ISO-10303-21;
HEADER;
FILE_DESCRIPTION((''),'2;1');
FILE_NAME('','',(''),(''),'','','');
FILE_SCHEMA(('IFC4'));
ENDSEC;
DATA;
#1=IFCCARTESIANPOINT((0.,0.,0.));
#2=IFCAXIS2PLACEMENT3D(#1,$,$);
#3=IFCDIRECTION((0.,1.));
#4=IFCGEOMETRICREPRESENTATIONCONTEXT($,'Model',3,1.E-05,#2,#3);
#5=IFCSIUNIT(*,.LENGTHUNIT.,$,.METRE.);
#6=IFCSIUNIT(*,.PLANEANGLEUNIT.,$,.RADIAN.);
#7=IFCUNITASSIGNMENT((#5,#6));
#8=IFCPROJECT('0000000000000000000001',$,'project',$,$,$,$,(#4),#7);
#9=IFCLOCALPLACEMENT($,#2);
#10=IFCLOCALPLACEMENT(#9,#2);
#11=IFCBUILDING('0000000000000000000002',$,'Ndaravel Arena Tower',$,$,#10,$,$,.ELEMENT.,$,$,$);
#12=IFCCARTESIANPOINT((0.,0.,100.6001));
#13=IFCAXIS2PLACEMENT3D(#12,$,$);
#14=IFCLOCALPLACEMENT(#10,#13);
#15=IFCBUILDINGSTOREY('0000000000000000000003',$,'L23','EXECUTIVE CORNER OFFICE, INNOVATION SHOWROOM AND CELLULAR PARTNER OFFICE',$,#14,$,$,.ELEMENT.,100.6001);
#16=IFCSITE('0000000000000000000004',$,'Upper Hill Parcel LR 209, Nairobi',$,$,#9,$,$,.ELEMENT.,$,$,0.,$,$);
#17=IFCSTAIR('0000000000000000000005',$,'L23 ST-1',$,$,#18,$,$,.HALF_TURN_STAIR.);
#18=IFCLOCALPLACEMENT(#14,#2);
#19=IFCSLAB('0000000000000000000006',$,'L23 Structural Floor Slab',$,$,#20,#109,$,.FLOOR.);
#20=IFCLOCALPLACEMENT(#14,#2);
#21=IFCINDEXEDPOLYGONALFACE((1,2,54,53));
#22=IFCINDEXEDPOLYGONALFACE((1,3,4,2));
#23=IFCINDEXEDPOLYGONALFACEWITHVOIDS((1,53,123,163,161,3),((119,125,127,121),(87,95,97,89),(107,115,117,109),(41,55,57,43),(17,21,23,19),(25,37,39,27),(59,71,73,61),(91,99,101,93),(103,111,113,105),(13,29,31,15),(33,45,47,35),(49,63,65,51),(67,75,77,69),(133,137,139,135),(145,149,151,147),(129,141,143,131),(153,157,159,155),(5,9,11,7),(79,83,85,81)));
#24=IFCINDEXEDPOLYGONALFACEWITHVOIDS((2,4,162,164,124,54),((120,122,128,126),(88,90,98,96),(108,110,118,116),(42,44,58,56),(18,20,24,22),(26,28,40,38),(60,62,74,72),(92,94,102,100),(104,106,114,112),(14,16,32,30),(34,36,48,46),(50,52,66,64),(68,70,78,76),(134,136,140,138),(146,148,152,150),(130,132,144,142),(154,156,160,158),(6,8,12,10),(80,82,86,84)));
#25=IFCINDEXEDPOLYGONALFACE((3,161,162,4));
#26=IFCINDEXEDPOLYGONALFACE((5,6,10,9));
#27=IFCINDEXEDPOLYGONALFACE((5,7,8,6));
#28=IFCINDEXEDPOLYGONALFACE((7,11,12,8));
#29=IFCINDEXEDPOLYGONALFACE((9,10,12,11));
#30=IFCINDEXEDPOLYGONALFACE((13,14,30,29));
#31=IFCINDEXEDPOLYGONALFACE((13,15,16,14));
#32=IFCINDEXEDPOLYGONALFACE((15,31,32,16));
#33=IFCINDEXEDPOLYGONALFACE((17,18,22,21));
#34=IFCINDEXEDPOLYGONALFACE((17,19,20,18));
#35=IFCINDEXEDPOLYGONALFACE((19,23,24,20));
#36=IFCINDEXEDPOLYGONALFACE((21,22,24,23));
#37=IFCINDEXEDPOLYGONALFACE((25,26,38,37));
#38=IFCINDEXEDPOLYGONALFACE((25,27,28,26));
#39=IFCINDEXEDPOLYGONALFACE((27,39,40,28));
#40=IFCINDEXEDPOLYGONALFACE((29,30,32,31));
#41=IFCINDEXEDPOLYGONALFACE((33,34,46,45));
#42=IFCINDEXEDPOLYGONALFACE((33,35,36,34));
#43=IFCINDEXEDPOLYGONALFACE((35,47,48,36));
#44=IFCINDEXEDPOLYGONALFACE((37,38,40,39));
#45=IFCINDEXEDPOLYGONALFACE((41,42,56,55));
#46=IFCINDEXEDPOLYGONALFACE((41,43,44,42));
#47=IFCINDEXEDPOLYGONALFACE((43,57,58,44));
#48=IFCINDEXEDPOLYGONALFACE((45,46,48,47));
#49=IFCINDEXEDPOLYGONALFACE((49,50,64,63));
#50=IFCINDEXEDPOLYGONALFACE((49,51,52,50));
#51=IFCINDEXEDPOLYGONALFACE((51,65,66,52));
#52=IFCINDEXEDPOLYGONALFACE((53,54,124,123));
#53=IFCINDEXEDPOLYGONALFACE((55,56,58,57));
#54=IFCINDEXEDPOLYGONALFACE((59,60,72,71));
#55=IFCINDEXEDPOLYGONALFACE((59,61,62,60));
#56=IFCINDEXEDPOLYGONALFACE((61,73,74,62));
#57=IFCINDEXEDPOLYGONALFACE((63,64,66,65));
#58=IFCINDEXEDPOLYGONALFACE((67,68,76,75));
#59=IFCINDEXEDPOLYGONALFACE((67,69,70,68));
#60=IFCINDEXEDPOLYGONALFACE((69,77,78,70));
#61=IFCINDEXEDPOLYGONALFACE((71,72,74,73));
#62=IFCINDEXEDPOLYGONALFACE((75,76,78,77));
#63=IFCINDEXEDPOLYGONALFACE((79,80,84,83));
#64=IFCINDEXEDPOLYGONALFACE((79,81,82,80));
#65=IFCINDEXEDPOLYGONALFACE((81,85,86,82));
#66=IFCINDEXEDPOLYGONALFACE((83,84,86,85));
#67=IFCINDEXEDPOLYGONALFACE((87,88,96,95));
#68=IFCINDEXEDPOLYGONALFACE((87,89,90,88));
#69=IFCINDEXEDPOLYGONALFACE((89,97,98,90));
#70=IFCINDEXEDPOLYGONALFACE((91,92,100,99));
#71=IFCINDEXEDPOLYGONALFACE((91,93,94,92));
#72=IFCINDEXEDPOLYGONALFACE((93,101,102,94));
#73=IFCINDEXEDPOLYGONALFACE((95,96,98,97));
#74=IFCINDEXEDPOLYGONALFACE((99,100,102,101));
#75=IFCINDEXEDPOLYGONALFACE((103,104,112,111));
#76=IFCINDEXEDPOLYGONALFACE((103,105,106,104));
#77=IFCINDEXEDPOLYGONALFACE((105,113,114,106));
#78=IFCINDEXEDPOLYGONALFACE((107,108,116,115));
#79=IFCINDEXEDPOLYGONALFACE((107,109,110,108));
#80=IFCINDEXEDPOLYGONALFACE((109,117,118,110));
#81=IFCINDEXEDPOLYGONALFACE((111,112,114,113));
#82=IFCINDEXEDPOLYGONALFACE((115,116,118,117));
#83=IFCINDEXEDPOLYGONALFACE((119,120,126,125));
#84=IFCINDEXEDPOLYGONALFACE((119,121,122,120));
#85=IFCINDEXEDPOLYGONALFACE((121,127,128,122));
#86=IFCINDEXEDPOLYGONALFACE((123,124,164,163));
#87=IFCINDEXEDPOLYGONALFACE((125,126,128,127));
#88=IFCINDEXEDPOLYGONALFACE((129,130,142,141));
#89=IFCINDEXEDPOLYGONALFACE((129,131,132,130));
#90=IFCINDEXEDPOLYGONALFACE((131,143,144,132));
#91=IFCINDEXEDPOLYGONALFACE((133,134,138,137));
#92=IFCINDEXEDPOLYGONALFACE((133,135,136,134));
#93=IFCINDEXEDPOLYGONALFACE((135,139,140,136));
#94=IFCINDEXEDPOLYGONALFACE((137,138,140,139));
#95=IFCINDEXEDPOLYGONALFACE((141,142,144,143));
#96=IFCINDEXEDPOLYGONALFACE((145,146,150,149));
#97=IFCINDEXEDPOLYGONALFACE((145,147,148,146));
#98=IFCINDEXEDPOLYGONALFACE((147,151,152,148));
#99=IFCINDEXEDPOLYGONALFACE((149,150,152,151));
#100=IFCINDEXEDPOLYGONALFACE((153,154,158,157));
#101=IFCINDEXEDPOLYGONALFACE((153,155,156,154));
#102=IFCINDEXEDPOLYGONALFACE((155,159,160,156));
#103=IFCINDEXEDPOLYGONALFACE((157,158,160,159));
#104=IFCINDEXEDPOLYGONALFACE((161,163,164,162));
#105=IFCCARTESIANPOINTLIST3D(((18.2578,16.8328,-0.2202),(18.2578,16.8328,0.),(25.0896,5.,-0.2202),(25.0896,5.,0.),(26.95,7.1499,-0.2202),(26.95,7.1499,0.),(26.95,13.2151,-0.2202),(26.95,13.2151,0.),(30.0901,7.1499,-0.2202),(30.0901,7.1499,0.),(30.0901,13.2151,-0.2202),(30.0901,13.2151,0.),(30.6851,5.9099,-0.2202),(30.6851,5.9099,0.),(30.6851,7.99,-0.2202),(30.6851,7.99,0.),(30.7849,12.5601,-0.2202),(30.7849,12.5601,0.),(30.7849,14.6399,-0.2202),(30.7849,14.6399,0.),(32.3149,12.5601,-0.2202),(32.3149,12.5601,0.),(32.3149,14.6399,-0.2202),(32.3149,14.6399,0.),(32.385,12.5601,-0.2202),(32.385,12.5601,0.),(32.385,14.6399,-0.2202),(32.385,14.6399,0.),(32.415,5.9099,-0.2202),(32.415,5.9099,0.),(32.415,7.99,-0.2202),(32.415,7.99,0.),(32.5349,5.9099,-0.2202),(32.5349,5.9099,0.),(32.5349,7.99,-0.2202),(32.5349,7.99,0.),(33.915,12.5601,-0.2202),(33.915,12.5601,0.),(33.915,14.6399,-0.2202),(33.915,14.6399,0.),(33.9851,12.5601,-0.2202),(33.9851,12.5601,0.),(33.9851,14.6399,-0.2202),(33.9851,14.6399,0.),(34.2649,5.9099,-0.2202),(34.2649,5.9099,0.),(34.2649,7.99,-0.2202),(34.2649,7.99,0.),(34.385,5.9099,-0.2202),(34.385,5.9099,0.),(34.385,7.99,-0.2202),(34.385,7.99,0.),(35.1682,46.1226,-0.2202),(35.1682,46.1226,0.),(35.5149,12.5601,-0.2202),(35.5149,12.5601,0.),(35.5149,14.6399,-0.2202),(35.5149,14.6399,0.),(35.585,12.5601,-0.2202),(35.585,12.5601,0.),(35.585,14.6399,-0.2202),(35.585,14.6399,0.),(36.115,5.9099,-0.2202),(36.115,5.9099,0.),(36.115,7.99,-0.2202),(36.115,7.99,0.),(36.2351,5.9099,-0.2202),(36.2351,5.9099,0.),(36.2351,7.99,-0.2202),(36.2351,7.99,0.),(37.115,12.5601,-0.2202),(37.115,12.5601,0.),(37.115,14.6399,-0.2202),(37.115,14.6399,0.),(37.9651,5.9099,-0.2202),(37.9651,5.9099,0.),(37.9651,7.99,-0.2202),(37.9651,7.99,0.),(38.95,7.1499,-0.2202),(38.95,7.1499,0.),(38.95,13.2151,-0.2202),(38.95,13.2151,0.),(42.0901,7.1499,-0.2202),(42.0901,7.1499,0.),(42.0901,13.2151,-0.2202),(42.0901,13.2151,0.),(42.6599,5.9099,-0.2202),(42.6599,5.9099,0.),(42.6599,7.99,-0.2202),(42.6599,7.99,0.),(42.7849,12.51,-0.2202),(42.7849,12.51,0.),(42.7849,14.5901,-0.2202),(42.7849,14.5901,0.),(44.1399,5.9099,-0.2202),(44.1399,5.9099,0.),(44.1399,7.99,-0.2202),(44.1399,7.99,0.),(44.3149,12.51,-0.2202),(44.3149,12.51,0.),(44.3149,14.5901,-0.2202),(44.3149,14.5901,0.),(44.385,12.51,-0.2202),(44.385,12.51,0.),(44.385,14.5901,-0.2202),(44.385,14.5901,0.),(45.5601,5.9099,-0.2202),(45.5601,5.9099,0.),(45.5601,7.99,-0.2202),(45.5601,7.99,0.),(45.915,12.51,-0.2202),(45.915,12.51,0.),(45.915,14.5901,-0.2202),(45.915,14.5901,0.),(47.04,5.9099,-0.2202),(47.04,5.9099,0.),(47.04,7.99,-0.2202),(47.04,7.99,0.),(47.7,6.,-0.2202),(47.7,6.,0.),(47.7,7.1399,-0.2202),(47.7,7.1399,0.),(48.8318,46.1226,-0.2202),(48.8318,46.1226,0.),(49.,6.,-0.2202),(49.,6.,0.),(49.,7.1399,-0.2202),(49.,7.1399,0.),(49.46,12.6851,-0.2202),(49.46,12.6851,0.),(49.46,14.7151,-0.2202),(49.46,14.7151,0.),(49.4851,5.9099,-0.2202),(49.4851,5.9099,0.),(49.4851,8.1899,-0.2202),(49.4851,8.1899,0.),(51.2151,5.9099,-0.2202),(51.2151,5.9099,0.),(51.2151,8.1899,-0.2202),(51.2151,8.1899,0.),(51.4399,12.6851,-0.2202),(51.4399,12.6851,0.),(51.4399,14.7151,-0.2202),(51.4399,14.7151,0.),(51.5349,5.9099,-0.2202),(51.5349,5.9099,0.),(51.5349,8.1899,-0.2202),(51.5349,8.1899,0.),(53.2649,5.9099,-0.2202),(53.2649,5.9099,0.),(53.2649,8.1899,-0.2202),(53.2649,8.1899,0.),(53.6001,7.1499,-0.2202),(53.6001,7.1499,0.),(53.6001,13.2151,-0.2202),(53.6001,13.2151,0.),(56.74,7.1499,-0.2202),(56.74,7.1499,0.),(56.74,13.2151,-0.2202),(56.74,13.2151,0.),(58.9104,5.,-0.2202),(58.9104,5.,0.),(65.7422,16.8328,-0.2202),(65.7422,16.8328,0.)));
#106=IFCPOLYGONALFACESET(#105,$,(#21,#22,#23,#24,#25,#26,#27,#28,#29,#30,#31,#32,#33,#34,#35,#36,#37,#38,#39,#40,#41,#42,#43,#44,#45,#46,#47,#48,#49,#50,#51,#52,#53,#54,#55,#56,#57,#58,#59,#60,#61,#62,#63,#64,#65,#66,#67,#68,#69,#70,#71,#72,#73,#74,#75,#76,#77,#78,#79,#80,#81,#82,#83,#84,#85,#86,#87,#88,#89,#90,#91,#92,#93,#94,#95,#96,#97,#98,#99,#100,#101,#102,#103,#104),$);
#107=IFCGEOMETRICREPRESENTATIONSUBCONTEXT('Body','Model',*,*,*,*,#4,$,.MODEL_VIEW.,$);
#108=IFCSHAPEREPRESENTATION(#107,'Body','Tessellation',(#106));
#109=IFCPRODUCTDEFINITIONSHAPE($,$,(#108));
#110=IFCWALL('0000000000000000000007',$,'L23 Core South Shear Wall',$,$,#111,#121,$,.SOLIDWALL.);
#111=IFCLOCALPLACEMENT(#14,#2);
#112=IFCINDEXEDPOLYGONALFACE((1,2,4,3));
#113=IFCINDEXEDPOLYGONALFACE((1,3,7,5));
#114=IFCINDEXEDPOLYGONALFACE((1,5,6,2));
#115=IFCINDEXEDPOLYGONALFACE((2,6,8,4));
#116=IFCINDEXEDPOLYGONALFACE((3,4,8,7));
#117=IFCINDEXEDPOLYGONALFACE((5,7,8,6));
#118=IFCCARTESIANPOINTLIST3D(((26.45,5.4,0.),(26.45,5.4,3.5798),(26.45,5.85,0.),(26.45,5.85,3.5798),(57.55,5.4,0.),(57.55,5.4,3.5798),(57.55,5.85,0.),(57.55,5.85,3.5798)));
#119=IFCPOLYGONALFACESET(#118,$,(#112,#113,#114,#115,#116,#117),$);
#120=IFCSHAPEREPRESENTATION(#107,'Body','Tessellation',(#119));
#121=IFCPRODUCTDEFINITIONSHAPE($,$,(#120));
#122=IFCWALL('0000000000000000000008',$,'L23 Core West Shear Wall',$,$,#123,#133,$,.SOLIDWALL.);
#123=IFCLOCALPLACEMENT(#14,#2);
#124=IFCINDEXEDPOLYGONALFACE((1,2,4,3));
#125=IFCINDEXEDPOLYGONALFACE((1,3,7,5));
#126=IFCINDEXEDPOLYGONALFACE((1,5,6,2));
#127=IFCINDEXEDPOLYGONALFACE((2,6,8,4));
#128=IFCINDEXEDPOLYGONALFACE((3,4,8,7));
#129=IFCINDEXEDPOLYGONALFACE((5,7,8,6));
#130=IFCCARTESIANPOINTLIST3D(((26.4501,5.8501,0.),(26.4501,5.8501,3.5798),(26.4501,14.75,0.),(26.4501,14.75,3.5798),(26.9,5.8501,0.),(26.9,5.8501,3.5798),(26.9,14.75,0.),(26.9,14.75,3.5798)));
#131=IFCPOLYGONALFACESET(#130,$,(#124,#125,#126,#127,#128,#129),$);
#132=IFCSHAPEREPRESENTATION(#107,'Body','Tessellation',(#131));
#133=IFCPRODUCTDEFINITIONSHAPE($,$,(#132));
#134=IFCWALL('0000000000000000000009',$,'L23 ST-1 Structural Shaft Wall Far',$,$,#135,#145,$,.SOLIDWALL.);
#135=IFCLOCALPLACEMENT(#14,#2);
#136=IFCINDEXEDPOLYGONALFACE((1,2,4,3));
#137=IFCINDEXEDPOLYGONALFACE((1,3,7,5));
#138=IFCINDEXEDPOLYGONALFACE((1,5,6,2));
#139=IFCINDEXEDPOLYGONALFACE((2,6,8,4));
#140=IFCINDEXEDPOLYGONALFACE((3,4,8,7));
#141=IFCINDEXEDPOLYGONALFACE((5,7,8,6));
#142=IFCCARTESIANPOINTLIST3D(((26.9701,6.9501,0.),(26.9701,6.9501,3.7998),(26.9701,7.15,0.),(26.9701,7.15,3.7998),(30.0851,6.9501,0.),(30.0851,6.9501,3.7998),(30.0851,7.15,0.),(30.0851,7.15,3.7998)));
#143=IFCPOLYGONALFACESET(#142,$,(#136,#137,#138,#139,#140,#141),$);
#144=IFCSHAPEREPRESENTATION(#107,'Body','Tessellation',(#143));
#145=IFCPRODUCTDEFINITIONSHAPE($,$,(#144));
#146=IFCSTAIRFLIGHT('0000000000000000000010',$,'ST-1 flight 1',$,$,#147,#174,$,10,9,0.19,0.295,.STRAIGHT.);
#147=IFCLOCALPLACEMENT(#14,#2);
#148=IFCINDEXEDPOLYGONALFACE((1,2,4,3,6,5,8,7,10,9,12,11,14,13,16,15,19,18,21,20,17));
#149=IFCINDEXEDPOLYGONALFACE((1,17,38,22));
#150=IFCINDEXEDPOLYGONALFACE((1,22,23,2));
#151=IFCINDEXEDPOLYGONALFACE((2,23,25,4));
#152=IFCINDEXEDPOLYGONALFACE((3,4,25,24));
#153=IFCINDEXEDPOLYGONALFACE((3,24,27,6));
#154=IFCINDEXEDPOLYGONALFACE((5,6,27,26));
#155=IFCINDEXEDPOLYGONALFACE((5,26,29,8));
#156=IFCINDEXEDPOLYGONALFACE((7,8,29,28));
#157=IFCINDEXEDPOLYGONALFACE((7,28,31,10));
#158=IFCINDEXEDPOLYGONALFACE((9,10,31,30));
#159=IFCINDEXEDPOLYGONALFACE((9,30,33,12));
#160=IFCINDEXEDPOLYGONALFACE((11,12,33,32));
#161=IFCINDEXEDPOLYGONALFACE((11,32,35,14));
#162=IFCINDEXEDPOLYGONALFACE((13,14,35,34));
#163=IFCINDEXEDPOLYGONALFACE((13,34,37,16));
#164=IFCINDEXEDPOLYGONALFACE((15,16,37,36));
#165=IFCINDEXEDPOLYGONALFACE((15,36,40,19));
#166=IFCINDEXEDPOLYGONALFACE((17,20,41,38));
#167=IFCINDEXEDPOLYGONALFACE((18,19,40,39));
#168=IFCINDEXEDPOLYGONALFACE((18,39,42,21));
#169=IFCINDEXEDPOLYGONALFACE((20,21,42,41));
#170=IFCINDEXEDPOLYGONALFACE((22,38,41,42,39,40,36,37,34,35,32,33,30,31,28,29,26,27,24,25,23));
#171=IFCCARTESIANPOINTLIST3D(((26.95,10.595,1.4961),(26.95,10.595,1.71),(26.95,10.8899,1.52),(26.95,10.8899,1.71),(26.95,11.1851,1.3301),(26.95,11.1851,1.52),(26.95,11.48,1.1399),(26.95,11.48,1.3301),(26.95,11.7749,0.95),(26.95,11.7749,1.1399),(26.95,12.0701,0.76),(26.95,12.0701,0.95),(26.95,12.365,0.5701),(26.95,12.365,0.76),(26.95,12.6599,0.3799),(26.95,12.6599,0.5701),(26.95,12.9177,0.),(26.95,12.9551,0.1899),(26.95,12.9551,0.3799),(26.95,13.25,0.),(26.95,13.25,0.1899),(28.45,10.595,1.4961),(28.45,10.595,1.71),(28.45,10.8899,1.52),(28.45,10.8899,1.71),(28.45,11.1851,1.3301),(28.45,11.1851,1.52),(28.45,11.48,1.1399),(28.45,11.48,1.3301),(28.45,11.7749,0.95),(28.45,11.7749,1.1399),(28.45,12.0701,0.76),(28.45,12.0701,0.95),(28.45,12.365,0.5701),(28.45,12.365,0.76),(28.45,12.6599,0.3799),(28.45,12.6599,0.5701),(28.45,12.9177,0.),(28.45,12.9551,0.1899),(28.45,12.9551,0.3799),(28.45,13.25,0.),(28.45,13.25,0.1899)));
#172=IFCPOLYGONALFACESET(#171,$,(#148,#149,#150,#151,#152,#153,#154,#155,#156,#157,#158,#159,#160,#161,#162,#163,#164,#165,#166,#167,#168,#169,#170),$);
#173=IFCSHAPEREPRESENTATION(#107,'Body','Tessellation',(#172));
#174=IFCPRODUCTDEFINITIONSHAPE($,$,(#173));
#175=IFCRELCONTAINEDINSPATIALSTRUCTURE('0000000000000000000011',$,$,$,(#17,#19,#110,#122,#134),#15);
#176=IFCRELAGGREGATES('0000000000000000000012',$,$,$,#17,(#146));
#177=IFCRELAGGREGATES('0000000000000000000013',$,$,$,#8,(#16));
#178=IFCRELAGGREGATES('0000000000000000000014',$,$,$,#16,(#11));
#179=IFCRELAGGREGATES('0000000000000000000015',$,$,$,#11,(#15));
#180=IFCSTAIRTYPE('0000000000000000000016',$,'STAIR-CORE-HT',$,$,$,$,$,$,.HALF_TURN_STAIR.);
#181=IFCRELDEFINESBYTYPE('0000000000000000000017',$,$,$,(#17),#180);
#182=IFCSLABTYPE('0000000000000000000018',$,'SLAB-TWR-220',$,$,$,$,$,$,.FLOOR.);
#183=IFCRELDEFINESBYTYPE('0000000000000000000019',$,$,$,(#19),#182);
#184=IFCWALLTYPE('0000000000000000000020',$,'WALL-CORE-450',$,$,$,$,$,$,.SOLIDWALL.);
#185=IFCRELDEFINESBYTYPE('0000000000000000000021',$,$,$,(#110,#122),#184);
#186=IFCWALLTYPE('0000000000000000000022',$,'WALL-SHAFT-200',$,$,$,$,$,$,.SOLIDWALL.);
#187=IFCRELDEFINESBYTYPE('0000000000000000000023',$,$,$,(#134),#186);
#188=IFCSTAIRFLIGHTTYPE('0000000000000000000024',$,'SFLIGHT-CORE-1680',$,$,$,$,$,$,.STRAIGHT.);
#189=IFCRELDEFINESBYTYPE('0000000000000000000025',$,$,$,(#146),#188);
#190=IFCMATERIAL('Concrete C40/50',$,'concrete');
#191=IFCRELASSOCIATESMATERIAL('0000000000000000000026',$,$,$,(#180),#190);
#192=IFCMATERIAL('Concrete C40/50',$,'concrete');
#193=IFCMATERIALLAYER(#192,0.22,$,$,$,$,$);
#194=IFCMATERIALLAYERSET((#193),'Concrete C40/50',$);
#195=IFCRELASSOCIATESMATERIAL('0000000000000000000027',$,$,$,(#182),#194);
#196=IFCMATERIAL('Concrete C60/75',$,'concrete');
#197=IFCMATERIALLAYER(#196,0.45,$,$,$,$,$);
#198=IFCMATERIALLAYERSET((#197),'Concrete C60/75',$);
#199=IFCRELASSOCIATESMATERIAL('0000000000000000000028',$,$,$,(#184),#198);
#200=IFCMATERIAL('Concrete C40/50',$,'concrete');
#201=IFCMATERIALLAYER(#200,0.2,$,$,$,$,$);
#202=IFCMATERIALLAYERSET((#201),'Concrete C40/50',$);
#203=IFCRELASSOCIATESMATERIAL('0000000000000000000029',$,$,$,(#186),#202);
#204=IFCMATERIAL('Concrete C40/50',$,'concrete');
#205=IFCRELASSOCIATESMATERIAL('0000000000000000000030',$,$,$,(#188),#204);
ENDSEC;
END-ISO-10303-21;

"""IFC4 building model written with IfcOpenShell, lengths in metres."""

from ifc_helpers import new_model, si_unit, direction, frame, frame_2d, origin, place, context, subcontext, project, spatial, polyline, rectangle, outline, extrude, material, layer, layer_set, type_object, element, aggregate, save


model = new_model("IFC4")

# Units and contexts
model_context = context("Model", 3, precision=1e-05, world=origin(), true_north=direction((0.0, 1.0)))
body_context = subcontext(model_context, "Body", "Model", "MODEL_VIEW")
ifc_project = project(units=[si_unit("LENGTHUNIT", "METRE"), si_unit("PLANEANGLEUNIT", "RADIAN")], contexts=[model_context])

# Site, building, storey
site_placement = place(None, origin())
site = spatial("IfcSite", under=ifc_project, at=site_placement, Name="Upper Hill Parcel LR 209, Nairobi", CompositionType="ELEMENT", RefElevation=0.0)
building_placement = place(site_placement, origin())
building = spatial("IfcBuilding", under=site, at=building_placement, Name="Ndaravel Arena Tower", CompositionType="ELEMENT")
storey_placement = place(building_placement, frame((0.0, 0.0, 100.6001)))
storey = spatial("IfcBuildingStorey", under=building, at=storey_placement, Name="L23", Description="EXECUTIVE CORNER OFFICE, INNOVATION SHOWROOM AND CELLULAR PARTNER OFFICE", CompositionType="ELEMENT", Elevation=100.6001)

# Stair
ifc_material_1 = material(Name="Concrete C40/50", Category="concrete")
stair_type = type_object("IfcStairType", Name="STAIR-CORE-HT", PredefinedType="HALF_TURN_STAIR", material=ifc_material_1)
stair_1_placement = place(storey_placement, origin())
stair_1 = element("IfcStair", 1, at=stair_1_placement, inside=storey, type_object=stair_type, Name="L23 ST-1", PredefinedType="HALF_TURN_STAIR")

# Slab
ifc_material_2 = material(Name="Concrete C40/50", Category="concrete")
ifc_layer_1 = layer(ifc_material_2, 0.22)
ifc_layer_set_1 = layer_set([ifc_layer_1], Name="Concrete C40/50")
slab_type_1 = type_object("IfcSlabType", Name="SLAB-TWR-220", PredefinedType="FLOOR", material=ifc_layer_set_1)
slab_1_placement = place(storey_placement, frame((0.0, 0.0, -0.2202)))
element("IfcSlab", 2, at=slab_1_placement, inside=storey, type_object=slab_type_1, Name="L23 Structural Floor Slab", PredefinedType="FLOOR", context=body_context, shape_type="SweptSolid", body=[
    extrude(outline(polyline([(18.2578, 16.8328), (25.0896, 5.0), (58.9104, 5.0), (65.7422, 16.8328), (48.8318, 46.1226), (35.1682, 46.1226), (18.2578, 16.8328)]), holes=[polyline([(26.95, 13.2151), (26.95, 7.1499), (30.0901, 7.1499), (30.0901, 13.2151), (26.95, 13.2151)]), polyline([(38.95, 13.2151), (38.95, 7.1499), (42.0901, 7.1499), (42.0901, 13.2151), (38.95, 13.2151)]), polyline([(53.6001, 13.2151), (53.6001, 7.1499), (56.74, 7.1499), (56.74, 13.2151), (53.6001, 13.2151)]), polyline([(30.6851, 5.9099), (32.415, 5.9099), (32.415, 7.99), (30.6851, 7.99), (30.6851, 5.9099)]), polyline([(32.5349, 5.9099), (34.2649, 5.9099), (34.2649, 7.99), (32.5349, 7.99), (32.5349, 5.9099)]), polyline([(34.385, 5.9099), (36.115, 5.9099), (36.115, 7.99), (34.385, 7.99), (34.385, 5.9099)]), polyline([(36.2351, 5.9099), (37.9651, 5.9099), (37.9651, 7.99), (36.2351, 7.99), (36.2351, 5.9099)]), polyline([(30.7849, 12.5601), (32.3149, 12.5601), (32.3149, 14.6399), (30.7849, 14.6399), (30.7849, 12.5601)]), polyline([(32.385, 12.5601), (33.915, 12.5601), (33.915, 14.6399), (32.385, 14.6399), (32.385, 12.5601)]), polyline([(33.9851, 12.5601), (35.5149, 12.5601), (35.5149, 14.6399), (33.9851, 14.6399), (33.9851, 12.5601)]), polyline([(35.585, 12.5601), (37.115, 12.5601), (37.115, 14.6399), (35.585, 14.6399), (35.585, 12.5601)]), polyline([(42.6599, 5.9099), (44.1399, 5.9099), (44.1399, 7.99), (42.6599, 7.99), (42.6599, 5.9099)]), polyline([(45.5601, 5.9099), (47.04, 5.9099), (47.04, 7.99), (45.5601, 7.99), (45.5601, 5.9099)]), polyline([(42.7849, 12.51), (44.3149, 12.51), (44.3149, 14.5901), (42.7849, 14.5901), (42.7849, 12.51)]), polyline([(44.385, 12.51), (45.915, 12.51), (45.915, 14.5901), (44.385, 14.5901), (44.385, 12.51)]), polyline([(49.4851, 5.9099), (51.2151, 5.9099), (51.2151, 8.1899), (49.4851, 8.1899), (49.4851, 5.9099)]), polyline([(51.5349, 5.9099), (53.2649, 5.9099), (53.2649, 8.1899), (51.5349, 8.1899), (51.5349, 5.9099)]), polyline([(49.46, 12.6851), (51.4399, 12.6851), (51.4399, 14.7151), (49.46, 14.7151), (49.46, 12.6851)]), polyline([(47.7, 6.0), (49.0, 6.0), (49.0, 7.1399), (47.7, 7.1399), (47.7, 6.0)])]), origin(), (0.0, 0.0, 1.0), 0.2202),
])

# Walls
ifc_material_3 = material(Name="Concrete C60/75", Category="concrete")
ifc_layer_2 = layer(ifc_material_3, 0.45)
ifc_layer_set_2 = layer_set([ifc_layer_2], Name="Concrete C60/75")
wall_type_1 = type_object("IfcWallType", Name="WALL-CORE-450", PredefinedType="SOLIDWALL", material=ifc_layer_set_2)
wall_1_placement = place(storey_placement, frame((26.45, 5.625, 0.0), z_axis=(0.0, 0.0, 1.0), x_axis=(1.0, 0.0, 0.0)))
element("IfcWall", 3, at=wall_1_placement, inside=storey, type_object=wall_type_1, Name="L23 Core South Shear Wall", PredefinedType="SOLIDWALL", context=body_context, shape_type="SweptSolid", body=[
    extrude(rectangle(XDim=31.1001, YDim=0.45, at=frame_2d((15.55, 0.0))), origin(), (0.0, 0.0, 1.0), 3.5798),
])
wall_2_placement = place(storey_placement, frame((26.675, 5.8501, 0.0), z_axis=(0.0, 0.0, 1.0), x_axis=(0.0, 1.0, 0.0)))
element("IfcWall", 4, at=wall_2_placement, inside=storey, type_object=wall_type_1, Name="L23 Core West Shear Wall", PredefinedType="SOLIDWALL", context=body_context, shape_type="SweptSolid", body=[
    extrude(rectangle(XDim=8.8999, YDim=0.45, at=frame_2d((4.45, 0.0))), origin(), (0.0, 0.0, 1.0), 3.5798),
])
ifc_material_4 = material(Name="Concrete C40/50", Category="concrete")
ifc_layer_3 = layer(ifc_material_4, 0.2)
ifc_layer_set_3 = layer_set([ifc_layer_3], Name="Concrete C40/50")
wall_type_2 = type_object("IfcWallType", Name="WALL-SHAFT-200", PredefinedType="SOLIDWALL", material=ifc_layer_set_3)
wall_3_placement = place(storey_placement, frame((26.97, 7.05, 0.0), z_axis=(0.0, 0.0, 1.0), x_axis=(1.0, 0.0, 0.0)))
element("IfcWall", 5, at=wall_3_placement, inside=storey, type_object=wall_type_2, Name="L23 ST-1 Structural Shaft Wall Far", PredefinedType="SOLIDWALL", context=body_context, shape_type="SweptSolid", body=[
    extrude(rectangle(XDim=3.115, YDim=0.2, at=frame_2d((1.5576, 0.0))), origin(), (0.0, 0.0, 1.0), 3.7998),
])

# Stair flight
ifc_material_5 = material(Name="Concrete C40/50", Category="concrete")
stair_flight_type = type_object("IfcStairFlightType", Name="SFLIGHT-CORE-1680", PredefinedType="STRAIGHT", material=ifc_material_5)
stair_flight_placement = place(storey_placement, frame((27.7, 13.25, 0.0), z_axis=(0.0, 0.0, 1.0), x_axis=(0.0, -1.0, 0.0)))
stair_flight = element("IfcStairFlight", 6, at=stair_flight_placement, type_object=stair_flight_type, Name="ST-1 flight 1", NumberOfRisers=10, NumberOfTreads=9, PredefinedType="STRAIGHT", RiserHeight=0.19, TreadLength=0.295, context=body_context, shape_type="SweptSolid", body=[
    extrude(outline(polyline([(0.0, 0.0), (0.0, 0.1899), (0.2949, 0.1899), (0.2949, 0.3799), (0.5901, 0.3799), (0.5901, 0.5701), (0.885, 0.5701), (0.885, 0.76), (1.1799, 0.76), (1.1799, 0.95), (1.4751, 0.95), (1.4751, 1.1399), (1.77, 1.1399), (1.77, 1.3301), (2.0649, 1.3301), (2.0649, 1.52), (2.3601, 1.52), (2.3601, 1.71), (2.655, 1.71), (2.655, 1.8999), (2.655, 1.4961), (0.3323, 0.0), (0.0, 0.0)])), frame((0.0, 0.75, 0.0), z_axis=(0.0, -1.0, 0.0), x_axis=(1.0, 0.0, 0.0)), (0.0, 0.0, 1.0), 1.5),
])
aggregate(stair_1, [stair_flight])

save(model, "model.ifc")
